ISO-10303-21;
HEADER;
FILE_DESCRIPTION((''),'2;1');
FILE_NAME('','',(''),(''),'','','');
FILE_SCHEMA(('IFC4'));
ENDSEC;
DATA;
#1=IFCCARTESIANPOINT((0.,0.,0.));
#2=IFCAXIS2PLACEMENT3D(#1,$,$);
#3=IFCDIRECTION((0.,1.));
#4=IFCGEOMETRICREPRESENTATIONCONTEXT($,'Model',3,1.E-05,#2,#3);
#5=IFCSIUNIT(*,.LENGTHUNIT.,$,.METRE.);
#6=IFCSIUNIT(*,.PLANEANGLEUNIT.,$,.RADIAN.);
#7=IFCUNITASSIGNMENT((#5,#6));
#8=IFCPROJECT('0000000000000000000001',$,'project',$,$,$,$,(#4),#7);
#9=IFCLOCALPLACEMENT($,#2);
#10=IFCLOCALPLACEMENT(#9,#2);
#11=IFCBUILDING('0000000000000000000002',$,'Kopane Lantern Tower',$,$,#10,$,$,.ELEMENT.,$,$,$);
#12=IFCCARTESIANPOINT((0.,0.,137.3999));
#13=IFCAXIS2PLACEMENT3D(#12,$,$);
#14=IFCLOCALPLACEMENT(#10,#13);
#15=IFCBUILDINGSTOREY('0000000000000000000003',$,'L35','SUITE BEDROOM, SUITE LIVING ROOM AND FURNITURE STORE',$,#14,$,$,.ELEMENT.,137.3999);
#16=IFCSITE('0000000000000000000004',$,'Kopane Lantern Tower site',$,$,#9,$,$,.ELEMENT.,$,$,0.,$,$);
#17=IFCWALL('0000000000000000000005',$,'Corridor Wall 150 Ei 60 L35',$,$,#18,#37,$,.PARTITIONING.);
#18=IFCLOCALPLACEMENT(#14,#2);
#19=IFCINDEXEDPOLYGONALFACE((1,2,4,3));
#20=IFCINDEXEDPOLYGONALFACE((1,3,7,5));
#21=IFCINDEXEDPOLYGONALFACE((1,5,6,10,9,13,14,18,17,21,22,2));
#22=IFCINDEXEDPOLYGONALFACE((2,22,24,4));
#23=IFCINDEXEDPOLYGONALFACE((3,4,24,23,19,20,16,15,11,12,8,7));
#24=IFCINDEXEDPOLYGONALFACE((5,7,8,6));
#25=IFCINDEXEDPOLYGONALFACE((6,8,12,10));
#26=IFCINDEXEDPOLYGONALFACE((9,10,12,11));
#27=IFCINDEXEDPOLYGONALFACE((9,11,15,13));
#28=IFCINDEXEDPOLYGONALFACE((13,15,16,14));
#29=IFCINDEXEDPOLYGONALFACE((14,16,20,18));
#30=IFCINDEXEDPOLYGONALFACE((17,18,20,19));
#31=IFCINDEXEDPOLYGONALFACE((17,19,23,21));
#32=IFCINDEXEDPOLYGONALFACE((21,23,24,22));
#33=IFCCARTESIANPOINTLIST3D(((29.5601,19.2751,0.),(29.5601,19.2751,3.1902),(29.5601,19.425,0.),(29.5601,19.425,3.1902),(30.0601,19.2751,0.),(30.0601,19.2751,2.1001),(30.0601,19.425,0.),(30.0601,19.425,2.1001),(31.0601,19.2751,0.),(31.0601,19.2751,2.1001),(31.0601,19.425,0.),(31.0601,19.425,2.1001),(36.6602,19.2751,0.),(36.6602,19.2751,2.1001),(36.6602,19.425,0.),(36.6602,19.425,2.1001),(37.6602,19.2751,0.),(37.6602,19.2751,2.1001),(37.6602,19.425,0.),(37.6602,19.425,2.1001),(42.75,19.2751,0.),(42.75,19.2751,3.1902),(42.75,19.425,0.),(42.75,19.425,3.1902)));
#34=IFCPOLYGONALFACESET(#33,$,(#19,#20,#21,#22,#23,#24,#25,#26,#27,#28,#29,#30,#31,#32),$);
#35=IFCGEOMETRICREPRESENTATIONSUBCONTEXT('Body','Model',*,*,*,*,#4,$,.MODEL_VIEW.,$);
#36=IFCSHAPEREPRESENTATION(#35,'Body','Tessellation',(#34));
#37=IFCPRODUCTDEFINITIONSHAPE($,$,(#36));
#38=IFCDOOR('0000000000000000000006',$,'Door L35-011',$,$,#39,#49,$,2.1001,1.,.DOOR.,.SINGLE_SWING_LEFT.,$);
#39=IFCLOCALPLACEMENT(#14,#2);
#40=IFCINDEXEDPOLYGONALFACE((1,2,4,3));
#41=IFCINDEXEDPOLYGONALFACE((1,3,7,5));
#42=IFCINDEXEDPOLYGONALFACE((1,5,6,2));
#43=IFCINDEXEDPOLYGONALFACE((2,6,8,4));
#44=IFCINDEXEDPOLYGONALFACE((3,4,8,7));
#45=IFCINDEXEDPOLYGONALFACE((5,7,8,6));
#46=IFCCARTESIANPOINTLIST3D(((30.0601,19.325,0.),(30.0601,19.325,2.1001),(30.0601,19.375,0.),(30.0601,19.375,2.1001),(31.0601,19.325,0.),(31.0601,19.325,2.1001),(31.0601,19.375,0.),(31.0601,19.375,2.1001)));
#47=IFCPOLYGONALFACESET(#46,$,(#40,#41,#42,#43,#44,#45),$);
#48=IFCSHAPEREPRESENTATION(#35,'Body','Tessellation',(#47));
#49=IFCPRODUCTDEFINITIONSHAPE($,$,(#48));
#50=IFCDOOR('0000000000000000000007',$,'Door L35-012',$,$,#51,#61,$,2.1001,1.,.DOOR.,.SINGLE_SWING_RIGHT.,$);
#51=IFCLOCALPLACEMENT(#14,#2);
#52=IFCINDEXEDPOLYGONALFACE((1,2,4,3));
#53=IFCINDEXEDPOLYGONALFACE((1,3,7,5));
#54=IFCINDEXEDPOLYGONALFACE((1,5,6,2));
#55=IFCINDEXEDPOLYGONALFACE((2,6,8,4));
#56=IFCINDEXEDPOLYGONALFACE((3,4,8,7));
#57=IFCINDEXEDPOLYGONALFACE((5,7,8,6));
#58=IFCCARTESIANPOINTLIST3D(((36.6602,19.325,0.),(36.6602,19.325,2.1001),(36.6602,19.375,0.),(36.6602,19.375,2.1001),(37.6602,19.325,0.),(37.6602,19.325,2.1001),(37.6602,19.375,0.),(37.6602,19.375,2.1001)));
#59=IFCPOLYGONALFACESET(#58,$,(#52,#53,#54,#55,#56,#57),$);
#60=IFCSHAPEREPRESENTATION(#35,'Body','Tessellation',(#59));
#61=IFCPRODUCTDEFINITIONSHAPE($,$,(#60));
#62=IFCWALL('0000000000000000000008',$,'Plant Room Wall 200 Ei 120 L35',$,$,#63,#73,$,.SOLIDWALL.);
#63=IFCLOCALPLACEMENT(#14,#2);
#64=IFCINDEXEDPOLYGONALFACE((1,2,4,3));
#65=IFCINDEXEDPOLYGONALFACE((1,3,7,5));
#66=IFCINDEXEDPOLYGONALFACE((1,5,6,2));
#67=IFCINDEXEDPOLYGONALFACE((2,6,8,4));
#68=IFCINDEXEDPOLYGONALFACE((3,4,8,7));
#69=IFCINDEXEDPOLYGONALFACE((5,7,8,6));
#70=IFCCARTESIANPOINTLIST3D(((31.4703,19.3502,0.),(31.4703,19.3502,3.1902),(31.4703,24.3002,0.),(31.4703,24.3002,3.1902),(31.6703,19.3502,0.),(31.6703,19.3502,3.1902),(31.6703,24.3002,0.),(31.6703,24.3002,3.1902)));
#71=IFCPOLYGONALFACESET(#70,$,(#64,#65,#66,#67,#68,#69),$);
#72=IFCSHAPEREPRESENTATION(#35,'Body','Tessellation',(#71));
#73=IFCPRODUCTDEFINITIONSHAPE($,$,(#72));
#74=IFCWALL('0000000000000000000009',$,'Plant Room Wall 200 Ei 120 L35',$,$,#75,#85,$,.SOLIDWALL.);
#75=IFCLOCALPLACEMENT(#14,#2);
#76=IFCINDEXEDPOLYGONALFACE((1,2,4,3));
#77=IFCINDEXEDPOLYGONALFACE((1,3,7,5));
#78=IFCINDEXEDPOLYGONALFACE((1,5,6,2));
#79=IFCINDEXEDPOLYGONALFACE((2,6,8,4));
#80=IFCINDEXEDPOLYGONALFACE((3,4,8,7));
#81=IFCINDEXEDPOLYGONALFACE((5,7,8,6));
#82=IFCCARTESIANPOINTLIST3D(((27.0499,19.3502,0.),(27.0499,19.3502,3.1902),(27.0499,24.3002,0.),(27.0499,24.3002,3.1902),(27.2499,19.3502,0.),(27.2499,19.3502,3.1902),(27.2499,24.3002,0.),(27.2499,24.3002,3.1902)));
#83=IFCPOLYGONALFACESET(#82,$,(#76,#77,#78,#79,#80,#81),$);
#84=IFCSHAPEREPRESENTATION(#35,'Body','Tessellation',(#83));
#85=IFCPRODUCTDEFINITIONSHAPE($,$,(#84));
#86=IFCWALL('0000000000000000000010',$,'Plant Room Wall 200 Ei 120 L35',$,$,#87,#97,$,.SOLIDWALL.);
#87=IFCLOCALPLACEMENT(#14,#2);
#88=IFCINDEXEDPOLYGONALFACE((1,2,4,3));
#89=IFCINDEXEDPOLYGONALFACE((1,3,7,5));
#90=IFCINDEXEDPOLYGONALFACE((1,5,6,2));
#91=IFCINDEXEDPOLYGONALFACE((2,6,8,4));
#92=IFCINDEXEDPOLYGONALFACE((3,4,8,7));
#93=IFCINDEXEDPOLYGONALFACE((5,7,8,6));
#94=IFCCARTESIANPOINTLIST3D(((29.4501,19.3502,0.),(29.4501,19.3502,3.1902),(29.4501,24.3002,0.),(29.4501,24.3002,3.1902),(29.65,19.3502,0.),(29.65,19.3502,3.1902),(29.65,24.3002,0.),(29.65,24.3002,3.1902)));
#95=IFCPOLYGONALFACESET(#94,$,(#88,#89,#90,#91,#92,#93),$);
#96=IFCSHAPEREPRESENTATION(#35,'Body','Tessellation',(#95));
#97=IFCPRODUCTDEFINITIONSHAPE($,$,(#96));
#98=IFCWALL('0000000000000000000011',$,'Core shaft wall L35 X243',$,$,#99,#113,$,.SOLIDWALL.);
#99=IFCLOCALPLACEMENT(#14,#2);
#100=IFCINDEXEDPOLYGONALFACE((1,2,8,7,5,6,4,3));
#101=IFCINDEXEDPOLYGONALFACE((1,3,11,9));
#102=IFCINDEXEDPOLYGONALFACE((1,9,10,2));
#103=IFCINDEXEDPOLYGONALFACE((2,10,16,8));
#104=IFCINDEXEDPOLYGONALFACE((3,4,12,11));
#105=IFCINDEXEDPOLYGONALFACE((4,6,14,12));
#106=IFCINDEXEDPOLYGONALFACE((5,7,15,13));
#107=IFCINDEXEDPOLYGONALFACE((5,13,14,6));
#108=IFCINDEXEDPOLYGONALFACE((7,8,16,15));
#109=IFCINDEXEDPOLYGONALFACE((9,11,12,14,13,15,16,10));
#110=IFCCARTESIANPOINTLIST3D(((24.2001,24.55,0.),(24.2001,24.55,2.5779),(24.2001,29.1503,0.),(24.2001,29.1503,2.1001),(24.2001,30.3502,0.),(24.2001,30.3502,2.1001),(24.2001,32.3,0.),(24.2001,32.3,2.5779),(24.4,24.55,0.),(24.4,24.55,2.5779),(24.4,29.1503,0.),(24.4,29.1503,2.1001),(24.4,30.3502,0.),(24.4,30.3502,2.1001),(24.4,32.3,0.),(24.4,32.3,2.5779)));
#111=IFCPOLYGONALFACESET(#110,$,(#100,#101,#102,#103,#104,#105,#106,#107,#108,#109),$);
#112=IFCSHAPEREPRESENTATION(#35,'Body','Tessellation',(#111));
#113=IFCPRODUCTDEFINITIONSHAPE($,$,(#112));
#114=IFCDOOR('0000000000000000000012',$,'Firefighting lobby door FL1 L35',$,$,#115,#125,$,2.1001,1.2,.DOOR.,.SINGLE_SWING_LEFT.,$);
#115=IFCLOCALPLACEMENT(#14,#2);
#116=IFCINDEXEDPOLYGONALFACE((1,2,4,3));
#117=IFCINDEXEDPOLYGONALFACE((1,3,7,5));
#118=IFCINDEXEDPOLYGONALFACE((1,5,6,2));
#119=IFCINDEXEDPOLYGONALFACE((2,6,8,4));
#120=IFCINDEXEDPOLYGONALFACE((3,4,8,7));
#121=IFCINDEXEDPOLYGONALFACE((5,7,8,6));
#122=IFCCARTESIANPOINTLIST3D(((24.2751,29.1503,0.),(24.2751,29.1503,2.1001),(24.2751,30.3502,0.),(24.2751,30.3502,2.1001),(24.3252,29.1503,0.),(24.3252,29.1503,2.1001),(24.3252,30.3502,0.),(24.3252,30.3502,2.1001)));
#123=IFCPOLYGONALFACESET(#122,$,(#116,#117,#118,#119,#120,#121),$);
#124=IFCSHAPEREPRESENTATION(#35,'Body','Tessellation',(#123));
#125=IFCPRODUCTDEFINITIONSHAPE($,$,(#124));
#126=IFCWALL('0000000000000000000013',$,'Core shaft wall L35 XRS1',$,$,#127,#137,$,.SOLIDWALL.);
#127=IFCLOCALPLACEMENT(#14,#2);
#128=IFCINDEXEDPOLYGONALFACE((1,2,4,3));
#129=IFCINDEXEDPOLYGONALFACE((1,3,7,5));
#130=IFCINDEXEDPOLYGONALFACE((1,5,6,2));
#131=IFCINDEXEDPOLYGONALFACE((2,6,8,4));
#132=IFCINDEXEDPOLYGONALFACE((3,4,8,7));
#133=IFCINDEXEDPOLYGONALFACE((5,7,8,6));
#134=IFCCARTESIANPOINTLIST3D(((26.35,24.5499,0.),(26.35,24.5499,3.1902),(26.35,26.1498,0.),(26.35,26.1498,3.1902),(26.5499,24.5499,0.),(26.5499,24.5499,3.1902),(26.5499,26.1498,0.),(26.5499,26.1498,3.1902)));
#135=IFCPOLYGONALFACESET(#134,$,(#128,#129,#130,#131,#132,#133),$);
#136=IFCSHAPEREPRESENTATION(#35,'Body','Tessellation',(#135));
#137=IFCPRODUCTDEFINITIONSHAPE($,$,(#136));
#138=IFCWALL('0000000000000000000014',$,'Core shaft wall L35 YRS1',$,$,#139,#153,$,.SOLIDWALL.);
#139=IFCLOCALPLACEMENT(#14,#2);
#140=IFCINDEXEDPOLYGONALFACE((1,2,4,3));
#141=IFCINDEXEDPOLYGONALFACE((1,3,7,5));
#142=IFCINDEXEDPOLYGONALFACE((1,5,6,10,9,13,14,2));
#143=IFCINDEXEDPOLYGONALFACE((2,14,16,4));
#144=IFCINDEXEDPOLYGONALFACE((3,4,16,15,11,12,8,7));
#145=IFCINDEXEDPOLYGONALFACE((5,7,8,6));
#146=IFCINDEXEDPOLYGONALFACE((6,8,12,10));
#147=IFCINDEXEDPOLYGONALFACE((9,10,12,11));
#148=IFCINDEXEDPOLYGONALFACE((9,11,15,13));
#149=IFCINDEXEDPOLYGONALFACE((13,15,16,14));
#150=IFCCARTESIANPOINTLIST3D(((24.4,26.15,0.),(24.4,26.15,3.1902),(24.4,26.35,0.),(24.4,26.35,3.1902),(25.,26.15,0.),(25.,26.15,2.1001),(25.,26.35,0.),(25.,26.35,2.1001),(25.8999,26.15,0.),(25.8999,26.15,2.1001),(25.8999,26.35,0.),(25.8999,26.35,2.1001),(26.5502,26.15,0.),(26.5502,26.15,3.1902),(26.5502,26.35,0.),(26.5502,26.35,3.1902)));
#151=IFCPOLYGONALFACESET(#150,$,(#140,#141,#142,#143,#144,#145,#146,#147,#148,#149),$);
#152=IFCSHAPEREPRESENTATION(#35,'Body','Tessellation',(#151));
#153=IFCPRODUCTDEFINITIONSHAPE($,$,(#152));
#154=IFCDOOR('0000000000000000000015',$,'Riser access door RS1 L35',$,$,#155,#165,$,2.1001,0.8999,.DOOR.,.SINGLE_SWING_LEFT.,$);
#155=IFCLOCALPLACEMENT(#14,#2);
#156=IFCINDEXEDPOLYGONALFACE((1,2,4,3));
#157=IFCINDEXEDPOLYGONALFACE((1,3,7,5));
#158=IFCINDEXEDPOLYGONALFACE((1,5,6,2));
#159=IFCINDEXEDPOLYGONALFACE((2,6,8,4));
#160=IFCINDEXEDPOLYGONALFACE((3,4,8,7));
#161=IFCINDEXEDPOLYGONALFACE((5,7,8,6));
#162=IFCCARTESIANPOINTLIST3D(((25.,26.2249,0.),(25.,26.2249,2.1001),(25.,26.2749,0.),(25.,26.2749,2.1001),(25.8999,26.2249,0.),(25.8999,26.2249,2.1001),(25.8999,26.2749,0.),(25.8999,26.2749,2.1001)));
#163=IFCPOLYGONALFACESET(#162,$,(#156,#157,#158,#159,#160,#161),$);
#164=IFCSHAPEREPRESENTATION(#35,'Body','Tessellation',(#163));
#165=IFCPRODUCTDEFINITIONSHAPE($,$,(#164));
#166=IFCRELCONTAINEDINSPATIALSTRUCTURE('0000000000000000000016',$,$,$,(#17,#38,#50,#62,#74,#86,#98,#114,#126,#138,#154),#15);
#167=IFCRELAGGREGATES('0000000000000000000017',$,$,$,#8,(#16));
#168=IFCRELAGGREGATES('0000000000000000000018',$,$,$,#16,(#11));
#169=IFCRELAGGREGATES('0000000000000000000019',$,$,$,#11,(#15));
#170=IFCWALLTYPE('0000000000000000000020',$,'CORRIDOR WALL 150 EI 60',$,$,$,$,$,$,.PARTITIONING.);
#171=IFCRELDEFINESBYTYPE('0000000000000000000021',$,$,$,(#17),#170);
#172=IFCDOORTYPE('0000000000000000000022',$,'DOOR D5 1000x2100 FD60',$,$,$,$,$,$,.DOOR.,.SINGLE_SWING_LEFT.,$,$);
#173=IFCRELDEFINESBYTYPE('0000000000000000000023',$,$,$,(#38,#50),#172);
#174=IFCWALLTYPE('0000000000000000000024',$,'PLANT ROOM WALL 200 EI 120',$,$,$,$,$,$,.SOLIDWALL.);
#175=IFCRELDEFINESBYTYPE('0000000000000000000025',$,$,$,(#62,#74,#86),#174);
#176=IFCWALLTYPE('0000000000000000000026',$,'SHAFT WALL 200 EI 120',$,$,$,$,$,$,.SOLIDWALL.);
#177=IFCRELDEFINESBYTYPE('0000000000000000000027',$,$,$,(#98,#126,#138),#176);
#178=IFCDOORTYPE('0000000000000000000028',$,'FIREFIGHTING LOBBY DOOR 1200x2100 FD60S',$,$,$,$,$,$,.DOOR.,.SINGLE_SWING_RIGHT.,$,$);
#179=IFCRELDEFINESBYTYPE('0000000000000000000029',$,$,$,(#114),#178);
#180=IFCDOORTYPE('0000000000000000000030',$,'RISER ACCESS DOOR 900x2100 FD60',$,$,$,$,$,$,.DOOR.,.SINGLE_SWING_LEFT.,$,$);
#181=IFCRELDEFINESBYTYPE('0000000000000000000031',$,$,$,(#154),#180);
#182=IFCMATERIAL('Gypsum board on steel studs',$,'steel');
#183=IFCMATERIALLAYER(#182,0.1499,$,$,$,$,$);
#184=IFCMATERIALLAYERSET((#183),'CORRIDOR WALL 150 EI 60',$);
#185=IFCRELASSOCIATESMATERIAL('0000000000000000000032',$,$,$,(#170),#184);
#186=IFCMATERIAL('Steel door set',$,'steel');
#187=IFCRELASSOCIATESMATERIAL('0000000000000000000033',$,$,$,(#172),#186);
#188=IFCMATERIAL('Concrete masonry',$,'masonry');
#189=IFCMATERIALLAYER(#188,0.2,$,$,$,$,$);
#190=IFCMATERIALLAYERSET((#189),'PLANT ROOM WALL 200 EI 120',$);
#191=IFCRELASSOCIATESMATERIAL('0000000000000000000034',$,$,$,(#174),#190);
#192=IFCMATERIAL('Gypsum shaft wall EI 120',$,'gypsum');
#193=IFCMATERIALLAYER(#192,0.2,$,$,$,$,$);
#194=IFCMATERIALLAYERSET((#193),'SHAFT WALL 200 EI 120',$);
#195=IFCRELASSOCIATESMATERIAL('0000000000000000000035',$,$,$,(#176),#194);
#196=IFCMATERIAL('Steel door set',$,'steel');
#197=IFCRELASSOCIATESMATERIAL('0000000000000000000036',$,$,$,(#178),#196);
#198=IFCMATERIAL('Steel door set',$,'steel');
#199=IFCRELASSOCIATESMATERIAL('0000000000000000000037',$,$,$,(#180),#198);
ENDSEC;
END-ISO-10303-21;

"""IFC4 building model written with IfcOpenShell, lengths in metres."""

from ifc_helpers import new_model, si_unit, direction, frame, frame_2d, origin, place, context, subcontext, project, spatial, rectangle, extrude, material, layer, layer_set, type_object, element, fill, save


model = new_model("IFC4")

# Units and contexts
model_context = context("Model", 3, precision=1e-05, world=origin(), true_north=direction((0.0, 1.0)))
body_context = subcontext(model_context, "Body", "Model", "MODEL_VIEW")
ifc_project = project(units=[si_unit("LENGTHUNIT", "METRE"), si_unit("PLANEANGLEUNIT", "RADIAN")], contexts=[model_context])

# Site, building, storey
site_placement = place(None, origin())
site = spatial("IfcSite", under=ifc_project, at=site_placement, Name="Kopane Lantern Tower site", CompositionType="ELEMENT", RefElevation=0.0)
building_placement = place(site_placement, origin())
building = spatial("IfcBuilding", under=site, at=building_placement, Name="Kopane Lantern Tower", CompositionType="ELEMENT")
storey_placement = place(building_placement, frame((0.0, 0.0, 137.3999)))
storey = spatial("IfcBuildingStorey", under=building, at=storey_placement, Name="L35", Description="SUITE BEDROOM, SUITE LIVING ROOM AND FURNITURE STORE", CompositionType="ELEMENT", Elevation=137.3999)

# Wall, openings, doors
ifc_material_1 = material(Name="Gypsum board on steel studs", Category="steel")
ifc_layer_1 = layer(ifc_material_1, 0.1499)
ifc_layer_set_1 = layer_set([ifc_layer_1], Name="CORRIDOR WALL 150 EI 60")
wall_type_1 = type_object("IfcWallType", Name="CORRIDOR WALL 150 EI 60", PredefinedType="PARTITIONING", material=ifc_layer_set_1)
wall_1_placement = place(storey_placement, frame((29.5601, 19.3501, 0.0), z_axis=(0.0, 0.0, 1.0), x_axis=(1.0, 0.0, 0.0)))
wall_1 = element("IfcWall", 1, at=wall_1_placement, inside=storey, type_object=wall_type_1, Name="Corridor Wall 150 Ei 60 L35", PredefinedType="PARTITIONING", context=body_context, shape_type="SweptSolid", body=[
    extrude(rectangle(XDim=13.1899, YDim=0.1499, at=frame_2d((6.595, 0.0))), origin(), (0.0, 0.0, 1.0), 3.1902),
])
opening_1_placement = place(wall_1_placement, frame((0.5, 0.0, 0.0)))
opening_1 = element("IfcOpeningElement", 2, at=opening_1_placement, cuts=wall_1, PredefinedType="OPENING", context=body_context, shape_type="SweptSolid", body=[
    extrude(rectangle(XDim=1.0, YDim=2.1001, at=frame_2d((0.5, 1.05))), frame((0.0, 0.085, 0.0), z_axis=(0.0, -1.0, 0.0), x_axis=(1.0, 0.0, 0.0)), (0.0, 0.0, 1.0), 0.1699),
])
opening_2_placement = place(wall_1_placement, frame((7.1001, 0.0, 0.0)))
opening_2 = element("IfcOpeningElement", 3, at=opening_2_placement, cuts=wall_1, PredefinedType="OPENING", context=body_context, shape_type="SweptSolid", body=[
    extrude(rectangle(XDim=1.0, YDim=2.1001, at=frame_2d((0.5, 1.05))), frame((0.0, 0.085, 0.0), z_axis=(0.0, -1.0, 0.0), x_axis=(1.0, 0.0, 0.0)), (0.0, 0.0, 1.0), 0.1699),
])
ifc_material_2 = material(Name="Steel door set", Category="steel")
door_type_1 = type_object("IfcDoorType", Name="DOOR D5 1000x2100 FD60", OperationType="SINGLE_SWING_LEFT", PredefinedType="DOOR", material=ifc_material_2)
door_1_placement = place(opening_1_placement, origin())
door_1 = element("IfcDoor", 4, at=door_1_placement, inside=storey, type_object=door_type_1, Name="Door L35-011", OperationType="SINGLE_SWING_LEFT", OverallHeight=2.1001, OverallWidth=1.0, PredefinedType="DOOR", context=body_context, shape_type="SweptSolid", body=[
    extrude(rectangle(XDim=1.0, YDim=2.1001, at=frame_2d((0.5, 1.05))), frame((0.0, 0.0249, 0.0), z_axis=(0.0, -1.0, 0.0), x_axis=(1.0, 0.0, 0.0)), (0.0, 0.0, 1.0), 0.05),
])
fill(opening_1, door_1)
door_2_placement = place(opening_2_placement, origin())
door_2 = element("IfcDoor", 5, at=door_2_placement, inside=storey, type_object=door_type_1, Name="Door L35-012", OperationType="SINGLE_SWING_RIGHT", OverallHeight=2.1001, OverallWidth=1.0, PredefinedType="DOOR", context=body_context, shape_type="SweptSolid", body=[
    extrude(rectangle(XDim=1.0, YDim=2.1001, at=frame_2d((0.5, 1.05))), frame((0.0, 0.0249, 0.0), z_axis=(0.0, -1.0, 0.0), x_axis=(1.0, 0.0, 0.0)), (0.0, 0.0, 1.0), 0.05),
])
fill(opening_2, door_2)

# Walls
ifc_material_3 = material(Name="Concrete masonry", Category="masonry")
ifc_layer_2 = layer(ifc_material_3, 0.2)
ifc_layer_set_2 = layer_set([ifc_layer_2], Name="PLANT ROOM WALL 200 EI 120")
wall_type_2 = type_object("IfcWallType", Name="PLANT ROOM WALL 200 EI 120", PredefinedType="SOLIDWALL", material=ifc_layer_set_2)
for number, where, z_axis, x_axis, name in (
    (6, (31.5703, 19.3501, 0.0), (0.0, 0.0, 1.0), (0.0, 1.0, 0.0), "Plant Room Wall 200 Ei 120 L35"),
    (7, (27.1499, 19.3501, 0.0), (0.0, 0.0, 1.0), (0.0, 1.0, 0.0), "Plant Room Wall 200 Ei 120 L35"),
    (8, (29.55, 19.3501, 0.0), (0.0, 0.0, 1.0), (0.0, 1.0, 0.0), "Plant Room Wall 200 Ei 120 L35"),
):
    element("IfcWall", number, at=place(storey_placement, frame(where, z_axis=z_axis, x_axis=x_axis)), inside=storey, type_object=wall_type_2, Name=name, PredefinedType="SOLIDWALL", context=body_context, shape_type="SweptSolid", body=[
        extrude(rectangle(XDim=4.95, YDim=0.2, at=frame_2d((2.4751, 0.0))), origin(), (0.0, 0.0, 1.0), 3.1902),
    ])

# Wall, opening, door
ifc_material_4 = material(Name="Gypsum shaft wall EI 120", Category="gypsum")
ifc_layer_3 = layer(ifc_material_4, 0.2)
ifc_layer_set_3 = layer_set([ifc_layer_3], Name="SHAFT WALL 200 EI 120")
wall_type_3 = type_object("IfcWallType", Name="SHAFT WALL 200 EI 120", PredefinedType="SOLIDWALL", material=ifc_layer_set_3)
wall_2_placement = place(storey_placement, frame((24.3, 24.55, 0.0), z_axis=(0.0, 0.0, 1.0), x_axis=(0.0, 1.0, 0.0)))
wall_2 = element("IfcWall", 9, at=wall_2_placement, inside=storey, type_object=wall_type_3, Name="Core shaft wall L35 X243", PredefinedType="SOLIDWALL", context=body_context, shape_type="SweptSolid", body=[
    extrude(rectangle(XDim=7.75, YDim=0.2, at=frame_2d((3.875, 0.0))), origin(), (0.0, 0.0, 1.0), 2.5779),
])
opening_3_placement = place(wall_2_placement, frame((4.6001, 0.0, 0.0)))
opening_3 = element("IfcOpeningElement", 10, at=opening_3_placement, cuts=wall_2, PredefinedType="OPENING", context=body_context, shape_type="SweptSolid", body=[
    extrude(rectangle(XDim=1.2, YDim=2.1001, at=frame_2d((0.6001, 1.05))), frame((0.0, 0.1099, 0.0), z_axis=(0.0, -1.0, 0.0), x_axis=(1.0, 0.0, 0.0)), (0.0, 0.0, 1.0), 0.22),
])
ifc_material_5 = material(Name="Steel door set", Category="steel")
door_type_2 = type_object("IfcDoorType", Name="FIREFIGHTING LOBBY DOOR 1200x2100 FD60S", OperationType="SINGLE_SWING_RIGHT", PredefinedType="DOOR", material=ifc_material_5)
door_3_placement = place(opening_3_placement, origin())
door_3 = element("IfcDoor", 11, at=door_3_placement, inside=storey, type_object=door_type_2, Name="Firefighting lobby door FL1 L35", OperationType="SINGLE_SWING_LEFT", OverallHeight=2.1001, OverallWidth=1.2, PredefinedType="DOOR", context=body_context, shape_type="SweptSolid", body=[
    extrude(rectangle(XDim=1.2, YDim=2.1001, at=frame_2d((0.6001, 1.05))), frame((0.0, 0.0249, 0.0), z_axis=(0.0, -1.0, 0.0), x_axis=(1.0, 0.0, 0.0)), (0.0, 0.0, 1.0), 0.05),
])
fill(opening_3, door_3)

# Wall
wall_3_placement = place(storey_placement, frame((26.45, 24.55, 0.0), z_axis=(0.0, 0.0, 1.0), x_axis=(0.0, 1.0, 0.0)))
element("IfcWall", 12, at=wall_3_placement, inside=storey, type_object=wall_type_3, Name="Core shaft wall L35 XRS1", PredefinedType="SOLIDWALL", context=body_context, shape_type="SweptSolid", body=[
    extrude(rectangle(XDim=1.5999, YDim=0.2, at=frame_2d((0.7998, 0.0))), origin(), (0.0, 0.0, 1.0), 3.1902),
])

# Wall, opening, door
wall_4_placement = place(storey_placement, frame((24.3999, 26.25, 0.0), z_axis=(0.0, 0.0, 1.0), x_axis=(1.0, 0.0, 0.0)))
wall_4 = element("IfcWall", 13, at=wall_4_placement, inside=storey, type_object=wall_type_3, Name="Core shaft wall L35 YRS1", PredefinedType="SOLIDWALL", context=body_context, shape_type="SweptSolid", body=[
    extrude(rectangle(XDim=2.1501, YDim=0.2, at=frame_2d((1.0752, 0.0))), origin(), (0.0, 0.0, 1.0), 3.1902),
])
opening_4_placement = place(wall_4_placement, frame((0.6001, 0.0, 0.0)))
opening_4 = element("IfcOpeningElement", 14, at=opening_4_placement, cuts=wall_4, PredefinedType="OPENING", context=body_context, shape_type="SweptSolid", body=[
    extrude(rectangle(XDim=0.8999, YDim=2.1001, at=frame_2d((0.45, 1.05))), frame((0.0, 0.1099, 0.0), z_axis=(0.0, -1.0, 0.0), x_axis=(1.0, 0.0, 0.0)), (0.0, 0.0, 1.0), 0.22),
])
ifc_material_6 = material(Name="Steel door set", Category="steel")
door_type_3 = type_object("IfcDoorType", Name="RISER ACCESS DOOR 900x2100 FD60", OperationType="SINGLE_SWING_LEFT", PredefinedType="DOOR", material=ifc_material_6)
door_4_placement = place(opening_4_placement, origin())
door_4 = element("IfcDoor", 15, at=door_4_placement, inside=storey, type_object=door_type_3, Name="Riser access door RS1 L35", OperationType="SINGLE_SWING_LEFT", OverallHeight=2.1001, OverallWidth=0.8999, PredefinedType="DOOR", context=body_context, shape_type="SweptSolid", body=[
    extrude(rectangle(XDim=0.8999, YDim=2.1001, at=frame_2d((0.45, 1.05))), frame((0.0, 0.0249, 0.0), z_axis=(0.0, -1.0, 0.0), x_axis=(1.0, 0.0, 0.0)), (0.0, 0.0, 1.0), 0.05),
])
fill(opening_4, door_4)

save(model, "model.ifc")
